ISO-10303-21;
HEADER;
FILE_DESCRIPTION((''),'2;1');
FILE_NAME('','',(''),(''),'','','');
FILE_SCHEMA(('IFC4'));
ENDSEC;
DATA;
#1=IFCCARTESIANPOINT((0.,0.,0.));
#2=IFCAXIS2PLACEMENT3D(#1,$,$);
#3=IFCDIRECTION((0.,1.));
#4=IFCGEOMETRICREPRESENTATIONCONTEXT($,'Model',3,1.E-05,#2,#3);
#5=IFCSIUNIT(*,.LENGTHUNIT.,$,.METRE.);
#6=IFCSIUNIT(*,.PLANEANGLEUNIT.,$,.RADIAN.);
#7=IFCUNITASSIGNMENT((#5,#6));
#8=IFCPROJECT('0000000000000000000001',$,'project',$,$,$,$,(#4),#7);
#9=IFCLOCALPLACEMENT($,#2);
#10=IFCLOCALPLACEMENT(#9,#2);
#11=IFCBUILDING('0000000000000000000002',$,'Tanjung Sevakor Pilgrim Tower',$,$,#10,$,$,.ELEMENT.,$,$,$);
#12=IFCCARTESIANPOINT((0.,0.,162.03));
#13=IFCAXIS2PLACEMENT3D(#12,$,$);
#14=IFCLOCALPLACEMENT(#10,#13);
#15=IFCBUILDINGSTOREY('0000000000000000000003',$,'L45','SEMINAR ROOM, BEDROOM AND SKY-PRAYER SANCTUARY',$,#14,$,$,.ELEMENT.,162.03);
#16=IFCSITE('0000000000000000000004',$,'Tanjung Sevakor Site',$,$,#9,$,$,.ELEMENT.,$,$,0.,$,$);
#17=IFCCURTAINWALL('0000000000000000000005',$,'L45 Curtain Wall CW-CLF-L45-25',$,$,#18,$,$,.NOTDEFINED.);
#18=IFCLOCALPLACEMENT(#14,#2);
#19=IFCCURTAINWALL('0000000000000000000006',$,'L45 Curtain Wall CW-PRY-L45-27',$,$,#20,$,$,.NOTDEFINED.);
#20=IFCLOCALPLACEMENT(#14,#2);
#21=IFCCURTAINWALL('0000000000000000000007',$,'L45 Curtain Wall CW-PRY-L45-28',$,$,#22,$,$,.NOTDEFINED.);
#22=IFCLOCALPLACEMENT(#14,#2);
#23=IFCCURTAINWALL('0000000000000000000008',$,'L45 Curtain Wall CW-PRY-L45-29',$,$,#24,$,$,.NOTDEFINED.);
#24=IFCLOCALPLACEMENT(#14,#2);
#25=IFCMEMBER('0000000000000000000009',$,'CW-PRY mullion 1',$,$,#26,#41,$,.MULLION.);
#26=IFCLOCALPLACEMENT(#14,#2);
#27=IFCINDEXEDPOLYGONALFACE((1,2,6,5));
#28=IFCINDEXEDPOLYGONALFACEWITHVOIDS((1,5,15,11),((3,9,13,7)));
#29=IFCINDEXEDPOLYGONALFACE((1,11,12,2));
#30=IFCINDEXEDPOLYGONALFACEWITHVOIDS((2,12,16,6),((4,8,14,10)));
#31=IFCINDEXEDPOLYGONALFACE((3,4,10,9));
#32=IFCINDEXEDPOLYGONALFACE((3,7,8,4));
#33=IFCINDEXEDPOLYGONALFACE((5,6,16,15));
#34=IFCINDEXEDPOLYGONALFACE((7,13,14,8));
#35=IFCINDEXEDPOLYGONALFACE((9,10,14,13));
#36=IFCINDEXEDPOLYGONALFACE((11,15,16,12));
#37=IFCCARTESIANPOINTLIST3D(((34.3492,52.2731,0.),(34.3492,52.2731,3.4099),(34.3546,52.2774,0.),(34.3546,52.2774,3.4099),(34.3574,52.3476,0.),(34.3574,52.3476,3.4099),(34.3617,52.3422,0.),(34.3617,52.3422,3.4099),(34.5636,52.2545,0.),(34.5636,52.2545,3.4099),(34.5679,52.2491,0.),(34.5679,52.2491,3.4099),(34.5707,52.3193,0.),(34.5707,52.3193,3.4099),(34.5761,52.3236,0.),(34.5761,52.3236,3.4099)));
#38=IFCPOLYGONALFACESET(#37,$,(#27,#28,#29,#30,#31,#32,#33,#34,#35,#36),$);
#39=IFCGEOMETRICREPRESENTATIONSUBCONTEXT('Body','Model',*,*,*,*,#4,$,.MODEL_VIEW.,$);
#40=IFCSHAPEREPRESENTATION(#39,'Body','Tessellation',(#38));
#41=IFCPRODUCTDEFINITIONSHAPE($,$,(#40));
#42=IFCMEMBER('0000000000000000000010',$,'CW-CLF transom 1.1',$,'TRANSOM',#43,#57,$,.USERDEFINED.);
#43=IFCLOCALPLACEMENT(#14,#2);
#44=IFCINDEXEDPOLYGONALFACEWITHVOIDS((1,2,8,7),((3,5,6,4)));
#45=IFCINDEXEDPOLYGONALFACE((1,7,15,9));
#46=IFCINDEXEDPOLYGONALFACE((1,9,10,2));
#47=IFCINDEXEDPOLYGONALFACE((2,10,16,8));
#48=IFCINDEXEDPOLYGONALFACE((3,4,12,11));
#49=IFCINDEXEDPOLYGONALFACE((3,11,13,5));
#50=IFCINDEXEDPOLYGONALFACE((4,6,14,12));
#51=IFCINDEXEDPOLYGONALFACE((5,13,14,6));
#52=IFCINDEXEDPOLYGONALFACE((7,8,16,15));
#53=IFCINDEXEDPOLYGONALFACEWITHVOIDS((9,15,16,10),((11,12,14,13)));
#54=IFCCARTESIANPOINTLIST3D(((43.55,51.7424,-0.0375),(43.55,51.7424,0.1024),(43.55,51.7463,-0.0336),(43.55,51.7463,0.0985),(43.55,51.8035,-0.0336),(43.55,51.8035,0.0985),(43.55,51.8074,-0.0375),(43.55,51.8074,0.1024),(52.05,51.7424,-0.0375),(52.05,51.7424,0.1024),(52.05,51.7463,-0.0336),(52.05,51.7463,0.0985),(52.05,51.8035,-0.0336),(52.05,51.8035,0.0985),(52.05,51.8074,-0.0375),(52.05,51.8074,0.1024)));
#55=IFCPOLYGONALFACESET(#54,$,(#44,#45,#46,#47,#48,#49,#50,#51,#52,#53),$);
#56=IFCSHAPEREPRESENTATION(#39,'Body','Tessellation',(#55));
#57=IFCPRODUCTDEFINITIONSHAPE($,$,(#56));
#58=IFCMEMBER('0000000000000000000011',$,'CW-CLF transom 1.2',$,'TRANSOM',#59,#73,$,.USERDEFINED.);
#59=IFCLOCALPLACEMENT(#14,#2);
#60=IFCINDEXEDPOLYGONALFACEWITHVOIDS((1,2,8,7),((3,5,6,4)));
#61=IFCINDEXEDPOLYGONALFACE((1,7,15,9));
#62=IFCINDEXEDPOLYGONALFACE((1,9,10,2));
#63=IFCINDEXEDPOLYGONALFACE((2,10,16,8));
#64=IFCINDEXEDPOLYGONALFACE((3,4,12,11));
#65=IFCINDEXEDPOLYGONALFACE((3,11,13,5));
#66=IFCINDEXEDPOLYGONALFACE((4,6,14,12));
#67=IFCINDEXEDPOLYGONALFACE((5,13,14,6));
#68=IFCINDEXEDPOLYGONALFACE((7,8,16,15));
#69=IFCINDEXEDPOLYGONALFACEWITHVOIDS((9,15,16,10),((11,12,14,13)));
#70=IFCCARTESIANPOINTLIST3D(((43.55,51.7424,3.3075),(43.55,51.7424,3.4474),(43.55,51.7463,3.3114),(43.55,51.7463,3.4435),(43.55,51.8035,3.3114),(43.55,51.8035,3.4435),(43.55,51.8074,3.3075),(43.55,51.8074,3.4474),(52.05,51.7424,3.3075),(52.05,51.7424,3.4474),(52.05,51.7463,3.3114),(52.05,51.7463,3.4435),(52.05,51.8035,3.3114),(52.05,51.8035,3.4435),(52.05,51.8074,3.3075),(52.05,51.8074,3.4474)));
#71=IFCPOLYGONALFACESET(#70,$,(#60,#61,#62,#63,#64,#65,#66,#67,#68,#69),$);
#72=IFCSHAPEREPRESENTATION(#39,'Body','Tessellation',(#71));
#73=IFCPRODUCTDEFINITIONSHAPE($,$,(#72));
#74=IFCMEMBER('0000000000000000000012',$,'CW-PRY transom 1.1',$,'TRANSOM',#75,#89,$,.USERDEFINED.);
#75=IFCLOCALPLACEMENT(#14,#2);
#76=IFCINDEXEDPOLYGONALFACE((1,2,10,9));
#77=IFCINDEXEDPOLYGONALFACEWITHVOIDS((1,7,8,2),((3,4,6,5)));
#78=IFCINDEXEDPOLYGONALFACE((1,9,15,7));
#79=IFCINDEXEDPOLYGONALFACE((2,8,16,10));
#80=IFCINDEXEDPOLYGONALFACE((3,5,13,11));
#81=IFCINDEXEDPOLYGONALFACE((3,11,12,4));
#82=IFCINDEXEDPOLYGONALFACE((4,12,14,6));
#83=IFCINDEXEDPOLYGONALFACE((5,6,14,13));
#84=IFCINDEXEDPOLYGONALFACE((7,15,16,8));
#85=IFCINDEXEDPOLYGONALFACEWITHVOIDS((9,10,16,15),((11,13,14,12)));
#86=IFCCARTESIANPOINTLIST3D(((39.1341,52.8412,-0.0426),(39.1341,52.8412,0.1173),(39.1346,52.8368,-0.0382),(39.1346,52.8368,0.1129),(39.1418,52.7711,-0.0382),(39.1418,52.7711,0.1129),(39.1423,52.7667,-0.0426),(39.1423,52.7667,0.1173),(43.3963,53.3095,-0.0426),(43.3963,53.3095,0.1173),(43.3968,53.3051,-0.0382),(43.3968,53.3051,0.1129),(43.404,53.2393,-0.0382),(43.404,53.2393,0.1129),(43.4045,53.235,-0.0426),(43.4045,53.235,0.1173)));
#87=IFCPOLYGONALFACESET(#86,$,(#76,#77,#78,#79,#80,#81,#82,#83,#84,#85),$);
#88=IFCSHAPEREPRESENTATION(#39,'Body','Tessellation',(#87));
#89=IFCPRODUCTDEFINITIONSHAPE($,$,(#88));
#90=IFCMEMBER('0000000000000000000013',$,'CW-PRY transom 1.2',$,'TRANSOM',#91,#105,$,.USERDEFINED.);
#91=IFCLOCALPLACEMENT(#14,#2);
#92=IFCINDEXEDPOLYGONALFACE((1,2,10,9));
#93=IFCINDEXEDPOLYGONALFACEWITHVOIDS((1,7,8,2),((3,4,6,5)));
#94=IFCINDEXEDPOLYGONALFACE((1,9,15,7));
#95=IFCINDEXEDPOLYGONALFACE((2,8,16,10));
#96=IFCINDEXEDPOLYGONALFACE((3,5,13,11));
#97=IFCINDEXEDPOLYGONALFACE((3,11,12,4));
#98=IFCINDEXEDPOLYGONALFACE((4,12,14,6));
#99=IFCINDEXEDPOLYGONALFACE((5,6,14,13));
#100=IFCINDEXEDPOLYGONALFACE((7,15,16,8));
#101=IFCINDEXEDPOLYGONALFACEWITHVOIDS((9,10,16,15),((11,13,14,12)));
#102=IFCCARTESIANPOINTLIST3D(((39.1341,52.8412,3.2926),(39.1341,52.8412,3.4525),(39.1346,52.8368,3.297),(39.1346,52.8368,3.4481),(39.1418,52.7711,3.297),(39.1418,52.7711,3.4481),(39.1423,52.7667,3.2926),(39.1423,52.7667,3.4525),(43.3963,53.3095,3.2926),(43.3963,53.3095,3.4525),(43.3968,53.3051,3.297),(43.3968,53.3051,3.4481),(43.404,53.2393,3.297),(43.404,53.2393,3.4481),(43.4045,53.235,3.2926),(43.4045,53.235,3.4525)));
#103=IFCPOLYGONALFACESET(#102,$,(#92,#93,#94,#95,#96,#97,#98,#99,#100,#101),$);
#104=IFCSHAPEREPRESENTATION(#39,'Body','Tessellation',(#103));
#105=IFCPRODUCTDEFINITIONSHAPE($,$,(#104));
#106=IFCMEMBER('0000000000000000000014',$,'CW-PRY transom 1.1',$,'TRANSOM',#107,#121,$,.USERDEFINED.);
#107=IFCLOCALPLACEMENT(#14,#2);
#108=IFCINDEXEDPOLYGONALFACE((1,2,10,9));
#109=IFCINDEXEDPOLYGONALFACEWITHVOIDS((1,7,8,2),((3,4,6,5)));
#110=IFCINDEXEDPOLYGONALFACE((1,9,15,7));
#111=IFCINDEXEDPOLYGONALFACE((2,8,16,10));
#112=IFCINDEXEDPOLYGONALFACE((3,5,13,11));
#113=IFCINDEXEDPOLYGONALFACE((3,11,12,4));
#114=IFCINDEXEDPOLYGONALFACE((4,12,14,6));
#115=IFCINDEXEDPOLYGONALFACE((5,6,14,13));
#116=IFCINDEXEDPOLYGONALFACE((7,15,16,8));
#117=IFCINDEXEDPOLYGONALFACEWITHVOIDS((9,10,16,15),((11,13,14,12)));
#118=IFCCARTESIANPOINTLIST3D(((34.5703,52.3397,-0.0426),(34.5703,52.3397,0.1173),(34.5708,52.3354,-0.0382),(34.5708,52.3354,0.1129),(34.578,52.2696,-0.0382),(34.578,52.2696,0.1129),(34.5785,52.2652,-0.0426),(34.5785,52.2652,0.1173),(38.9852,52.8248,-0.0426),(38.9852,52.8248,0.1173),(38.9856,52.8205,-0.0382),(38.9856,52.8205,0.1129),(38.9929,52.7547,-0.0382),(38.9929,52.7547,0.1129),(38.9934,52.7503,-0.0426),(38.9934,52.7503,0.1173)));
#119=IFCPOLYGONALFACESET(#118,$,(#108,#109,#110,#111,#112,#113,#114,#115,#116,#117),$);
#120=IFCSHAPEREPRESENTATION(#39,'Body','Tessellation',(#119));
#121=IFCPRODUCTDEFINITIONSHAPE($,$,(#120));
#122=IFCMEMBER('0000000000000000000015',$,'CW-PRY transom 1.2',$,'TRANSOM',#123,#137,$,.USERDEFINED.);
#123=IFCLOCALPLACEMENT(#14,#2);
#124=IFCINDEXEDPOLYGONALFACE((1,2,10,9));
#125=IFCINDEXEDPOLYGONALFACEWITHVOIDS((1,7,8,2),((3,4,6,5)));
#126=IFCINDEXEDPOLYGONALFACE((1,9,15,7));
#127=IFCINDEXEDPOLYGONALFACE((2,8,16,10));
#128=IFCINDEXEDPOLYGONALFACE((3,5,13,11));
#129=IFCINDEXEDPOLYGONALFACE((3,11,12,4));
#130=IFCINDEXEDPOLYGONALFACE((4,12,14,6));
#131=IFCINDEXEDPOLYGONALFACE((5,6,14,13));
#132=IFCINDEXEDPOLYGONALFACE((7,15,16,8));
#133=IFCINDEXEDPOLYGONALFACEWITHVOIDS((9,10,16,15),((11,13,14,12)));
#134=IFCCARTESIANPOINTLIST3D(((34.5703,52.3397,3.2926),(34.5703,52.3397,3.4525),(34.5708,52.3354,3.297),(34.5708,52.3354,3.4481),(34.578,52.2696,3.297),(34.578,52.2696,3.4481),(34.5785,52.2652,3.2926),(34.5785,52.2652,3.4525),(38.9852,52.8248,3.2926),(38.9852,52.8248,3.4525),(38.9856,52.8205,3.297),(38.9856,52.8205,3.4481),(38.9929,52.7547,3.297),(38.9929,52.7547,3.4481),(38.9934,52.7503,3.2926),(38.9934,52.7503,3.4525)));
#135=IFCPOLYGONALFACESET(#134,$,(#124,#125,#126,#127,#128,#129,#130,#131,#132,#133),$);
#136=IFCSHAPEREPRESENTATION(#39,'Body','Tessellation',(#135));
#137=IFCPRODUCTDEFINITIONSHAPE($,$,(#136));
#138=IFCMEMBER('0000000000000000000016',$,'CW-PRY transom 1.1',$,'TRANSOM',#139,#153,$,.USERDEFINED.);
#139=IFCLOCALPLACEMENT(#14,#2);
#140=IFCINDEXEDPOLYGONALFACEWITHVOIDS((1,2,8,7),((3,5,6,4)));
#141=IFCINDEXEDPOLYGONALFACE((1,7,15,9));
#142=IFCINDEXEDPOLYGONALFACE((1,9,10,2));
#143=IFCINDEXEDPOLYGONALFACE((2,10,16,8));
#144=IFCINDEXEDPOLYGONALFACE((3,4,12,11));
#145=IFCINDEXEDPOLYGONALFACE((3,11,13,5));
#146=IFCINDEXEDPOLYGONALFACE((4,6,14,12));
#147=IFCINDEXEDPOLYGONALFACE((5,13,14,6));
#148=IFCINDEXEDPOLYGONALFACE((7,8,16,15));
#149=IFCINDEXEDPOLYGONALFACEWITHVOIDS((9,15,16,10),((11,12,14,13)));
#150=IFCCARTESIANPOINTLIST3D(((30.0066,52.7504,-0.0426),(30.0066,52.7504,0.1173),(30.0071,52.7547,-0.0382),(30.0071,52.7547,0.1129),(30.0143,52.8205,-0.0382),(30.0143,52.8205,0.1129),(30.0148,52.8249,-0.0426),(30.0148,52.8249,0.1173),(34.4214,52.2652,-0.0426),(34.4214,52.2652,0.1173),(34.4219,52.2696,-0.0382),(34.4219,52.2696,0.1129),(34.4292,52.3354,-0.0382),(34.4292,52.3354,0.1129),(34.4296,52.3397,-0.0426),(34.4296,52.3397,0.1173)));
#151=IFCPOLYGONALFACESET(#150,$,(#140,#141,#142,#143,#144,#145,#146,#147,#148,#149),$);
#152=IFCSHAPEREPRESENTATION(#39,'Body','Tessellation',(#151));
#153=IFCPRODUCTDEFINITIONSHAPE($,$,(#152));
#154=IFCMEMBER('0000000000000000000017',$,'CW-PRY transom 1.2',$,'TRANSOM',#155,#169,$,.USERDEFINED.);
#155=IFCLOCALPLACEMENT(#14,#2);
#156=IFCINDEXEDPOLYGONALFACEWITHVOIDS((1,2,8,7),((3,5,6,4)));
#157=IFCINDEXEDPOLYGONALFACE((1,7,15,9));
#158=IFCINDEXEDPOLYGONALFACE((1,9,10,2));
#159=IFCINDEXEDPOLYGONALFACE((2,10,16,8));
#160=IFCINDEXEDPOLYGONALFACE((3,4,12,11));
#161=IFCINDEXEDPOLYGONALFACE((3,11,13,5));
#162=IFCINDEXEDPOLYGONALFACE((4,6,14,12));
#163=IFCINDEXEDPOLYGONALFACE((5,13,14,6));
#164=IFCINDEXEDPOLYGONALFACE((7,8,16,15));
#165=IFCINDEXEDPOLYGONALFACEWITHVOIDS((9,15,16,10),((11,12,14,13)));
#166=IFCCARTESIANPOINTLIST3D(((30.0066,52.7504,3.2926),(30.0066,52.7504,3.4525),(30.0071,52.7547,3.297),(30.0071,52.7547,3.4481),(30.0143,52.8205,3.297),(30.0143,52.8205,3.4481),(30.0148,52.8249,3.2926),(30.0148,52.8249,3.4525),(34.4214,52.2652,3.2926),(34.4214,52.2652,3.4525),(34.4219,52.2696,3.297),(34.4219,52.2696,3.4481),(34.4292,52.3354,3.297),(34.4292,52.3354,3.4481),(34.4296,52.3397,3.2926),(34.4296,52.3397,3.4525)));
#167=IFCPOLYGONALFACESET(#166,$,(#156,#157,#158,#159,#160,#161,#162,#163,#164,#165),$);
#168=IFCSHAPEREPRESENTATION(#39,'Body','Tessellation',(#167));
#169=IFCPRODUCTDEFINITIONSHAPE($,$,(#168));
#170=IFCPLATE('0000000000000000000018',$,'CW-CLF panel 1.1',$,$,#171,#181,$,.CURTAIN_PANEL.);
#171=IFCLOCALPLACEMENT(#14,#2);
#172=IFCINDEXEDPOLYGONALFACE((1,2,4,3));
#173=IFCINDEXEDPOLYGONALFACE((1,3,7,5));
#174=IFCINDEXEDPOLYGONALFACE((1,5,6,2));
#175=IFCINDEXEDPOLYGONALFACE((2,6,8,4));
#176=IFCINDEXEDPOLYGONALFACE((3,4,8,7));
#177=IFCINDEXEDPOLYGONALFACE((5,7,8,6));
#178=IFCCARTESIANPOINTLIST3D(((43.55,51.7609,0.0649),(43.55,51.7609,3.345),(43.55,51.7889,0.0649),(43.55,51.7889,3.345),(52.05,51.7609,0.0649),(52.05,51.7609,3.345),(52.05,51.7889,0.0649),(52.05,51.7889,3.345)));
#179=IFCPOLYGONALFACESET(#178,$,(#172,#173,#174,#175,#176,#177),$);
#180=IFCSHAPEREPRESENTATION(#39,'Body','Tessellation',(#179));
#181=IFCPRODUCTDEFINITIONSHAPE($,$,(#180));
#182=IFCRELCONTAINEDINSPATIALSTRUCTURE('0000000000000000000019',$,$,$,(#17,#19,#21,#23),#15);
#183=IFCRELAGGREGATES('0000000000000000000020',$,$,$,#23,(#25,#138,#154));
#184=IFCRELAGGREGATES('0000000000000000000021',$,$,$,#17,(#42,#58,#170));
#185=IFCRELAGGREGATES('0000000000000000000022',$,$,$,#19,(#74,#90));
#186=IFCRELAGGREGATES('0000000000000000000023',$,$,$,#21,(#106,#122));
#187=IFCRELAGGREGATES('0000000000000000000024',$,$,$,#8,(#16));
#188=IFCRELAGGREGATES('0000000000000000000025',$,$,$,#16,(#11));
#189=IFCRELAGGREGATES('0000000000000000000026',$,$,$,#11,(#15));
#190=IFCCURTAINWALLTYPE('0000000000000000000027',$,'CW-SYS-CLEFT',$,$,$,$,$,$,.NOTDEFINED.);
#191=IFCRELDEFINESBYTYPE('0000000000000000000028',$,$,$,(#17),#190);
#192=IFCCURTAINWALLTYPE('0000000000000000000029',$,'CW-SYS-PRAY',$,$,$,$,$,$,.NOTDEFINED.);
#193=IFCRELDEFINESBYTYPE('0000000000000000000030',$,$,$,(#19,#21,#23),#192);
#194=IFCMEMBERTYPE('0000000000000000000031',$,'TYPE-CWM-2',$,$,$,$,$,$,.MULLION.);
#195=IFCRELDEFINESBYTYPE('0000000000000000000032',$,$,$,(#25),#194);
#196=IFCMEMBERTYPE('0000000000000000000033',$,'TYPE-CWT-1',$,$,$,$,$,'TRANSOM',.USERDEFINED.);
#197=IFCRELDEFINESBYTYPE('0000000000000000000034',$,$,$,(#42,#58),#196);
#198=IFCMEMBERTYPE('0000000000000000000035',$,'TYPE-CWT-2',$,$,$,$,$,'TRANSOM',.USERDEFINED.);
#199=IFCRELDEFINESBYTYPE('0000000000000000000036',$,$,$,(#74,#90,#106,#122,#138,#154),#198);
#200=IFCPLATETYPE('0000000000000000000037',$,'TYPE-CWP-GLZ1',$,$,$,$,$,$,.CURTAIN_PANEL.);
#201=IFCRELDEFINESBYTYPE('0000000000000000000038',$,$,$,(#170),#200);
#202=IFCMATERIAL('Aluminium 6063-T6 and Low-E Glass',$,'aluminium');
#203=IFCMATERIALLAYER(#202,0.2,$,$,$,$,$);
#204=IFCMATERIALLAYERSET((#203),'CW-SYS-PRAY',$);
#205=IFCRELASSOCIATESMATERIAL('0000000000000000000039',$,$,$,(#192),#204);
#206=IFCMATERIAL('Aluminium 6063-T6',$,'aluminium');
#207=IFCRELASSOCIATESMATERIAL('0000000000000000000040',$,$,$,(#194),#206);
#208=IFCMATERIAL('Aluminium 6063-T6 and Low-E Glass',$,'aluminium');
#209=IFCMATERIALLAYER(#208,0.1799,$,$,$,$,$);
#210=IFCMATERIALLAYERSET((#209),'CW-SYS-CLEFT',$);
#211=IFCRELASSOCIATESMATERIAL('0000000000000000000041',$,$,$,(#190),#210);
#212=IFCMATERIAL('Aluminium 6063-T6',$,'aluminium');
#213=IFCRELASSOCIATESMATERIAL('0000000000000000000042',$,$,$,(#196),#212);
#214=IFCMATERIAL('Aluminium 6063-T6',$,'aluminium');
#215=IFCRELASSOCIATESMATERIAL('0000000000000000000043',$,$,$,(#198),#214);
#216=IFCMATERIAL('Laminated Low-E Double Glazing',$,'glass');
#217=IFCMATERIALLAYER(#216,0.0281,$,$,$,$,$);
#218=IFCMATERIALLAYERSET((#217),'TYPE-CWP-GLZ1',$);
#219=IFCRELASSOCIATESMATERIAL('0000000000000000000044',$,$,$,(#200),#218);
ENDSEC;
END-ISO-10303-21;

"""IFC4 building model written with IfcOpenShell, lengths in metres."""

from ifc_helpers import new_model, si_unit, direction, frame, origin, origin_2d, place, context, subcontext, project, spatial, rectangle, hollow_rectangle, extrude, material, layer, layer_set, material_profile, profile_set, type_object, element, aggregate, save


model = new_model("IFC4")

# Units and contexts
model_context = context("Model", 3, precision=1e-05, world=origin(), true_north=direction((0.0, 1.0)))
body_context = subcontext(model_context, "Body", "Model", "MODEL_VIEW")
ifc_project = project(units=[si_unit("LENGTHUNIT", "METRE"), si_unit("PLANEANGLEUNIT", "RADIAN")], contexts=[model_context])

# Site, building, storey
site_placement = place(None, origin())
site = spatial("IfcSite", under=ifc_project, at=site_placement, Name="Tanjung Sevakor Site", CompositionType="ELEMENT", RefElevation=0.0)
building_placement = place(site_placement, origin())
building = spatial("IfcBuilding", under=site, at=building_placement, Name="Tanjung Sevakor Pilgrim Tower", CompositionType="ELEMENT")
storey_placement = place(building_placement, frame((0.0, 0.0, 162.03)))
storey = spatial("IfcBuildingStorey", under=building, at=storey_placement, Name="L45", Description="SEMINAR ROOM, BEDROOM AND SKY-PRAYER SANCTUARY", CompositionType="ELEMENT", Elevation=162.03)

# Shared definitions
ifc_material_1 = material(Name="Aluminium 6063-T6 and Low-E Glass", Category="aluminium")
ifc_layer_1 = layer(ifc_material_1, 0.2)
ifc_layer_set_1 = layer_set([ifc_layer_1], Name="CW-SYS-PRAY")
curtain_wall_type_1 = type_object("IfcCurtainWallType", Name="CW-SYS-PRAY", PredefinedType="NOTDEFINED", material=ifc_layer_set_1)
ifc_material_2 = material(Name="Aluminium 6063-T6", Category="aluminium")
ifc_material_profile_1 = material_profile(ifc_material_2, hollow_rectangle(XDim=0.075, YDim=0.22, WallThickness=0.0049, at=origin_2d()))
ifc_profile_set_1 = profile_set([ifc_material_profile_1], Name="Aluminium 6063-T6")
member_type_1 = type_object("IfcMemberType", Name="TYPE-CWM-2", PredefinedType="MULLION", material=ifc_profile_set_1)

# Curtain walls
ifc_material_3 = material(Name="Aluminium 6063-T6 and Low-E Glass", Category="aluminium")
ifc_layer_2 = layer(ifc_material_3, 0.1799)
ifc_layer_set_2 = layer_set([ifc_layer_2], Name="CW-SYS-CLEFT")
curtain_wall_type_2 = type_object("IfcCurtainWallType", Name="CW-SYS-CLEFT", PredefinedType="NOTDEFINED", material=ifc_layer_set_2)
curtain_wall_1_placement = place(storey_placement, origin())
curtain_wall_1 = element("IfcCurtainWall", 1, at=curtain_wall_1_placement, inside=storey, type_object=curtain_wall_type_2, Name="L45 Curtain Wall CW-CLF-L45-25", PredefinedType="NOTDEFINED")
curtain_wall_2_placement = place(storey_placement, origin())
curtain_wall_2 = element("IfcCurtainWall", 2, at=curtain_wall_2_placement, inside=storey, type_object=curtain_wall_type_1, Name="L45 Curtain Wall CW-PRY-L45-27", PredefinedType="NOTDEFINED")
curtain_wall_3_placement = place(storey_placement, origin())
curtain_wall_3 = element("IfcCurtainWall", 3, at=curtain_wall_3_placement, inside=storey, type_object=curtain_wall_type_1, Name="L45 Curtain Wall CW-PRY-L45-28", PredefinedType="NOTDEFINED")

# Curtain wall, member
curtain_wall_4_placement = place(storey_placement, origin())
curtain_wall_4 = element("IfcCurtainWall", 4, at=curtain_wall_4_placement, inside=storey, type_object=curtain_wall_type_1, Name="L45 Curtain Wall CW-PRY-L45-29", PredefinedType="NOTDEFINED")
member_1_placement = place(storey_placement, frame((34.4626, 52.2983, 0.0), z_axis=(0.0, 0.0, 1.0), x_axis=(-0.109231, -0.994016, 0.0)))
member_1 = element("IfcMember", 5, at=member_1_placement, type_object=member_type_1, Name="CW-PRY mullion 1", PredefinedType="MULLION", context=body_context, shape_type="SweptSolid", body=[
    extrude(hollow_rectangle(XDim=0.075, YDim=0.22, WallThickness=0.0049, at=origin_2d()), origin(), (0.0, 0.0, 1.0), 3.4099),
])

# Members
ifc_material_4 = material(Name="Aluminium 6063-T6", Category="aluminium")
ifc_material_profile_2 = material_profile(ifc_material_4, hollow_rectangle(XDim=0.0649, YDim=0.1399, WallThickness=0.0039, at=origin_2d()))
ifc_profile_set_2 = profile_set([ifc_material_profile_2], Name="Aluminium 6063-T6")
member_type_2 = type_object("IfcMemberType", Name="TYPE-CWT-1", ElementType="TRANSOM", PredefinedType="USERDEFINED", material=ifc_profile_set_2)
member_2_placement = place(storey_placement, frame((52.05, 51.7749, 0.0325), z_axis=(-1.0, 0.0, 0.0), x_axis=(0.0, -1.0, 0.0)))
member_2 = element("IfcMember", 6, at=member_2_placement, type_object=member_type_2, Name="CW-CLF transom 1.1", ObjectType="TRANSOM", PredefinedType="USERDEFINED", context=body_context, shape_type="SweptSolid", body=[
    extrude(hollow_rectangle(XDim=0.0649, YDim=0.1399, WallThickness=0.0039, at=origin_2d()), origin(), (0.0, 0.0, 1.0), 8.5),
])
member_3_placement = place(storey_placement, frame((52.05, 51.7749, 3.3774), z_axis=(-1.0, 0.0, 0.0), x_axis=(0.0, -1.0, 0.0)))
member_3 = element("IfcMember", 7, at=member_3_placement, type_object=member_type_2, Name="CW-CLF transom 1.2", ObjectType="TRANSOM", PredefinedType="USERDEFINED", context=body_context, shape_type="SweptSolid", body=[
    extrude(hollow_rectangle(XDim=0.0649, YDim=0.1399, WallThickness=0.0039, at=origin_2d()), origin(), (0.0, 0.0, 1.0), 8.5),
])
ifc_material_5 = material(Name="Aluminium 6063-T6", Category="aluminium")
ifc_material_profile_3 = material_profile(ifc_material_5, hollow_rectangle(XDim=0.075, YDim=0.1599, WallThickness=0.0044, at=origin_2d()))
ifc_profile_set_3 = profile_set([ifc_material_profile_3], Name="Aluminium 6063-T6")
member_type_3 = type_object("IfcMemberType", Name="TYPE-CWT-2", ElementType="TRANSOM", PredefinedType="USERDEFINED", material=ifc_profile_set_3)
member_4_placement = place(storey_placement, frame((43.4004, 53.2722, 0.0374), z_axis=(-0.994019, -0.109207, 0.0), x_axis=(0.109207, -0.994019, 0.0)))
member_4 = element("IfcMember", 8, at=member_4_placement, type_object=member_type_3, Name="CW-PRY transom 1.1", ObjectType="TRANSOM", PredefinedType="USERDEFINED", context=body_context, shape_type="SweptSolid", body=[
    extrude(hollow_rectangle(XDim=0.075, YDim=0.1599, WallThickness=0.0044, at=origin_2d()), origin(), (0.0, 0.0, 1.0), 4.2878),
])
member_5_placement = place(storey_placement, frame((43.4004, 53.2722, 3.3726), z_axis=(-0.994019, -0.109207, 0.0), x_axis=(0.109207, -0.994019, 0.0)))
member_5 = element("IfcMember", 9, at=member_5_placement, type_object=member_type_3, Name="CW-PRY transom 1.2", ObjectType="TRANSOM", PredefinedType="USERDEFINED", context=body_context, shape_type="SweptSolid", body=[
    extrude(hollow_rectangle(XDim=0.075, YDim=0.1599, WallThickness=0.0044, at=origin_2d()), origin(), (0.0, 0.0, 1.0), 4.2878),
])
member_6_placement = place(storey_placement, frame((38.9893, 52.7876, 0.0374), z_axis=(-0.994017, -0.109225, 0.0), x_axis=(0.109225, -0.994017, 0.0)))
member_6 = element("IfcMember", 10, at=member_6_placement, type_object=member_type_3, Name="CW-PRY transom 1.1", ObjectType="TRANSOM", PredefinedType="USERDEFINED", context=body_context, shape_type="SweptSolid", body=[
    extrude(hollow_rectangle(XDim=0.075, YDim=0.1599, WallThickness=0.0044, at=origin_2d()), origin(), (0.0, 0.0, 1.0), 4.4414),
])
member_7_placement = place(storey_placement, frame((38.9893, 52.7876, 3.3726), z_axis=(-0.994017, -0.109225, 0.0), x_axis=(0.109225, -0.994017, 0.0)))
member_7 = element("IfcMember", 11, at=member_7_placement, type_object=member_type_3, Name="CW-PRY transom 1.2", ObjectType="TRANSOM", PredefinedType="USERDEFINED", context=body_context, shape_type="SweptSolid", body=[
    extrude(hollow_rectangle(XDim=0.075, YDim=0.1599, WallThickness=0.0044, at=origin_2d()), origin(), (0.0, 0.0, 1.0), 4.4414),
])
member_8_placement = place(storey_placement, frame((34.4255, 52.3025, 0.0374), z_axis=(-0.994017, 0.109225, 0.0), x_axis=(-0.109225, -0.994017, 0.0)))
member_8 = element("IfcMember", 12, at=member_8_placement, type_object=member_type_3, Name="CW-PRY transom 1.1", ObjectType="TRANSOM", PredefinedType="USERDEFINED", context=body_context, shape_type="SweptSolid", body=[
    extrude(hollow_rectangle(XDim=0.075, YDim=0.1599, WallThickness=0.0044, at=origin_2d()), origin(), (0.0, 0.0, 1.0), 4.4414),
])
member_9_placement = place(storey_placement, frame((34.4255, 52.3025, 3.3726), z_axis=(-0.994017, 0.109225, 0.0), x_axis=(-0.109225, -0.994017, 0.0)))
member_9 = element("IfcMember", 13, at=member_9_placement, type_object=member_type_3, Name="CW-PRY transom 1.2", ObjectType="TRANSOM", PredefinedType="USERDEFINED", context=body_context, shape_type="SweptSolid", body=[
    extrude(hollow_rectangle(XDim=0.075, YDim=0.1599, WallThickness=0.0044, at=origin_2d()), origin(), (0.0, 0.0, 1.0), 4.4414),
])
aggregate(curtain_wall_4, [member_1, member_8, member_9])

# Plate
ifc_material_6 = material(Name="Laminated Low-E Double Glazing", Category="glass")
ifc_layer_3 = layer(ifc_material_6, 0.0281)
ifc_layer_set_3 = layer_set([ifc_layer_3], Name="TYPE-CWP-GLZ1")
plate_type_1 = type_object("IfcPlateType", Name="TYPE-CWP-GLZ1", PredefinedType="CURTAIN_PANEL", material=ifc_layer_set_3)
plate_1_placement = place(storey_placement, frame((47.8, 51.7749, 0.0649), z_axis=(0.0, 0.0, 1.0), x_axis=(-1.0, 0.0, 0.0)))
plate_1 = element("IfcPlate", 14, at=plate_1_placement, type_object=plate_type_1, Name="CW-CLF panel 1.1", PredefinedType="CURTAIN_PANEL", context=body_context, shape_type="SweptSolid", body=[
    extrude(rectangle(XDim=8.5, YDim=0.0281, at=origin_2d()), origin(), (0.0, 0.0, 1.0), 3.28),
])
aggregate(curtain_wall_1, [member_2, member_3, plate_1])
aggregate(curtain_wall_2, [member_4, member_5])
aggregate(curtain_wall_3, [member_6, member_7])

save(model, "model.ifc")
